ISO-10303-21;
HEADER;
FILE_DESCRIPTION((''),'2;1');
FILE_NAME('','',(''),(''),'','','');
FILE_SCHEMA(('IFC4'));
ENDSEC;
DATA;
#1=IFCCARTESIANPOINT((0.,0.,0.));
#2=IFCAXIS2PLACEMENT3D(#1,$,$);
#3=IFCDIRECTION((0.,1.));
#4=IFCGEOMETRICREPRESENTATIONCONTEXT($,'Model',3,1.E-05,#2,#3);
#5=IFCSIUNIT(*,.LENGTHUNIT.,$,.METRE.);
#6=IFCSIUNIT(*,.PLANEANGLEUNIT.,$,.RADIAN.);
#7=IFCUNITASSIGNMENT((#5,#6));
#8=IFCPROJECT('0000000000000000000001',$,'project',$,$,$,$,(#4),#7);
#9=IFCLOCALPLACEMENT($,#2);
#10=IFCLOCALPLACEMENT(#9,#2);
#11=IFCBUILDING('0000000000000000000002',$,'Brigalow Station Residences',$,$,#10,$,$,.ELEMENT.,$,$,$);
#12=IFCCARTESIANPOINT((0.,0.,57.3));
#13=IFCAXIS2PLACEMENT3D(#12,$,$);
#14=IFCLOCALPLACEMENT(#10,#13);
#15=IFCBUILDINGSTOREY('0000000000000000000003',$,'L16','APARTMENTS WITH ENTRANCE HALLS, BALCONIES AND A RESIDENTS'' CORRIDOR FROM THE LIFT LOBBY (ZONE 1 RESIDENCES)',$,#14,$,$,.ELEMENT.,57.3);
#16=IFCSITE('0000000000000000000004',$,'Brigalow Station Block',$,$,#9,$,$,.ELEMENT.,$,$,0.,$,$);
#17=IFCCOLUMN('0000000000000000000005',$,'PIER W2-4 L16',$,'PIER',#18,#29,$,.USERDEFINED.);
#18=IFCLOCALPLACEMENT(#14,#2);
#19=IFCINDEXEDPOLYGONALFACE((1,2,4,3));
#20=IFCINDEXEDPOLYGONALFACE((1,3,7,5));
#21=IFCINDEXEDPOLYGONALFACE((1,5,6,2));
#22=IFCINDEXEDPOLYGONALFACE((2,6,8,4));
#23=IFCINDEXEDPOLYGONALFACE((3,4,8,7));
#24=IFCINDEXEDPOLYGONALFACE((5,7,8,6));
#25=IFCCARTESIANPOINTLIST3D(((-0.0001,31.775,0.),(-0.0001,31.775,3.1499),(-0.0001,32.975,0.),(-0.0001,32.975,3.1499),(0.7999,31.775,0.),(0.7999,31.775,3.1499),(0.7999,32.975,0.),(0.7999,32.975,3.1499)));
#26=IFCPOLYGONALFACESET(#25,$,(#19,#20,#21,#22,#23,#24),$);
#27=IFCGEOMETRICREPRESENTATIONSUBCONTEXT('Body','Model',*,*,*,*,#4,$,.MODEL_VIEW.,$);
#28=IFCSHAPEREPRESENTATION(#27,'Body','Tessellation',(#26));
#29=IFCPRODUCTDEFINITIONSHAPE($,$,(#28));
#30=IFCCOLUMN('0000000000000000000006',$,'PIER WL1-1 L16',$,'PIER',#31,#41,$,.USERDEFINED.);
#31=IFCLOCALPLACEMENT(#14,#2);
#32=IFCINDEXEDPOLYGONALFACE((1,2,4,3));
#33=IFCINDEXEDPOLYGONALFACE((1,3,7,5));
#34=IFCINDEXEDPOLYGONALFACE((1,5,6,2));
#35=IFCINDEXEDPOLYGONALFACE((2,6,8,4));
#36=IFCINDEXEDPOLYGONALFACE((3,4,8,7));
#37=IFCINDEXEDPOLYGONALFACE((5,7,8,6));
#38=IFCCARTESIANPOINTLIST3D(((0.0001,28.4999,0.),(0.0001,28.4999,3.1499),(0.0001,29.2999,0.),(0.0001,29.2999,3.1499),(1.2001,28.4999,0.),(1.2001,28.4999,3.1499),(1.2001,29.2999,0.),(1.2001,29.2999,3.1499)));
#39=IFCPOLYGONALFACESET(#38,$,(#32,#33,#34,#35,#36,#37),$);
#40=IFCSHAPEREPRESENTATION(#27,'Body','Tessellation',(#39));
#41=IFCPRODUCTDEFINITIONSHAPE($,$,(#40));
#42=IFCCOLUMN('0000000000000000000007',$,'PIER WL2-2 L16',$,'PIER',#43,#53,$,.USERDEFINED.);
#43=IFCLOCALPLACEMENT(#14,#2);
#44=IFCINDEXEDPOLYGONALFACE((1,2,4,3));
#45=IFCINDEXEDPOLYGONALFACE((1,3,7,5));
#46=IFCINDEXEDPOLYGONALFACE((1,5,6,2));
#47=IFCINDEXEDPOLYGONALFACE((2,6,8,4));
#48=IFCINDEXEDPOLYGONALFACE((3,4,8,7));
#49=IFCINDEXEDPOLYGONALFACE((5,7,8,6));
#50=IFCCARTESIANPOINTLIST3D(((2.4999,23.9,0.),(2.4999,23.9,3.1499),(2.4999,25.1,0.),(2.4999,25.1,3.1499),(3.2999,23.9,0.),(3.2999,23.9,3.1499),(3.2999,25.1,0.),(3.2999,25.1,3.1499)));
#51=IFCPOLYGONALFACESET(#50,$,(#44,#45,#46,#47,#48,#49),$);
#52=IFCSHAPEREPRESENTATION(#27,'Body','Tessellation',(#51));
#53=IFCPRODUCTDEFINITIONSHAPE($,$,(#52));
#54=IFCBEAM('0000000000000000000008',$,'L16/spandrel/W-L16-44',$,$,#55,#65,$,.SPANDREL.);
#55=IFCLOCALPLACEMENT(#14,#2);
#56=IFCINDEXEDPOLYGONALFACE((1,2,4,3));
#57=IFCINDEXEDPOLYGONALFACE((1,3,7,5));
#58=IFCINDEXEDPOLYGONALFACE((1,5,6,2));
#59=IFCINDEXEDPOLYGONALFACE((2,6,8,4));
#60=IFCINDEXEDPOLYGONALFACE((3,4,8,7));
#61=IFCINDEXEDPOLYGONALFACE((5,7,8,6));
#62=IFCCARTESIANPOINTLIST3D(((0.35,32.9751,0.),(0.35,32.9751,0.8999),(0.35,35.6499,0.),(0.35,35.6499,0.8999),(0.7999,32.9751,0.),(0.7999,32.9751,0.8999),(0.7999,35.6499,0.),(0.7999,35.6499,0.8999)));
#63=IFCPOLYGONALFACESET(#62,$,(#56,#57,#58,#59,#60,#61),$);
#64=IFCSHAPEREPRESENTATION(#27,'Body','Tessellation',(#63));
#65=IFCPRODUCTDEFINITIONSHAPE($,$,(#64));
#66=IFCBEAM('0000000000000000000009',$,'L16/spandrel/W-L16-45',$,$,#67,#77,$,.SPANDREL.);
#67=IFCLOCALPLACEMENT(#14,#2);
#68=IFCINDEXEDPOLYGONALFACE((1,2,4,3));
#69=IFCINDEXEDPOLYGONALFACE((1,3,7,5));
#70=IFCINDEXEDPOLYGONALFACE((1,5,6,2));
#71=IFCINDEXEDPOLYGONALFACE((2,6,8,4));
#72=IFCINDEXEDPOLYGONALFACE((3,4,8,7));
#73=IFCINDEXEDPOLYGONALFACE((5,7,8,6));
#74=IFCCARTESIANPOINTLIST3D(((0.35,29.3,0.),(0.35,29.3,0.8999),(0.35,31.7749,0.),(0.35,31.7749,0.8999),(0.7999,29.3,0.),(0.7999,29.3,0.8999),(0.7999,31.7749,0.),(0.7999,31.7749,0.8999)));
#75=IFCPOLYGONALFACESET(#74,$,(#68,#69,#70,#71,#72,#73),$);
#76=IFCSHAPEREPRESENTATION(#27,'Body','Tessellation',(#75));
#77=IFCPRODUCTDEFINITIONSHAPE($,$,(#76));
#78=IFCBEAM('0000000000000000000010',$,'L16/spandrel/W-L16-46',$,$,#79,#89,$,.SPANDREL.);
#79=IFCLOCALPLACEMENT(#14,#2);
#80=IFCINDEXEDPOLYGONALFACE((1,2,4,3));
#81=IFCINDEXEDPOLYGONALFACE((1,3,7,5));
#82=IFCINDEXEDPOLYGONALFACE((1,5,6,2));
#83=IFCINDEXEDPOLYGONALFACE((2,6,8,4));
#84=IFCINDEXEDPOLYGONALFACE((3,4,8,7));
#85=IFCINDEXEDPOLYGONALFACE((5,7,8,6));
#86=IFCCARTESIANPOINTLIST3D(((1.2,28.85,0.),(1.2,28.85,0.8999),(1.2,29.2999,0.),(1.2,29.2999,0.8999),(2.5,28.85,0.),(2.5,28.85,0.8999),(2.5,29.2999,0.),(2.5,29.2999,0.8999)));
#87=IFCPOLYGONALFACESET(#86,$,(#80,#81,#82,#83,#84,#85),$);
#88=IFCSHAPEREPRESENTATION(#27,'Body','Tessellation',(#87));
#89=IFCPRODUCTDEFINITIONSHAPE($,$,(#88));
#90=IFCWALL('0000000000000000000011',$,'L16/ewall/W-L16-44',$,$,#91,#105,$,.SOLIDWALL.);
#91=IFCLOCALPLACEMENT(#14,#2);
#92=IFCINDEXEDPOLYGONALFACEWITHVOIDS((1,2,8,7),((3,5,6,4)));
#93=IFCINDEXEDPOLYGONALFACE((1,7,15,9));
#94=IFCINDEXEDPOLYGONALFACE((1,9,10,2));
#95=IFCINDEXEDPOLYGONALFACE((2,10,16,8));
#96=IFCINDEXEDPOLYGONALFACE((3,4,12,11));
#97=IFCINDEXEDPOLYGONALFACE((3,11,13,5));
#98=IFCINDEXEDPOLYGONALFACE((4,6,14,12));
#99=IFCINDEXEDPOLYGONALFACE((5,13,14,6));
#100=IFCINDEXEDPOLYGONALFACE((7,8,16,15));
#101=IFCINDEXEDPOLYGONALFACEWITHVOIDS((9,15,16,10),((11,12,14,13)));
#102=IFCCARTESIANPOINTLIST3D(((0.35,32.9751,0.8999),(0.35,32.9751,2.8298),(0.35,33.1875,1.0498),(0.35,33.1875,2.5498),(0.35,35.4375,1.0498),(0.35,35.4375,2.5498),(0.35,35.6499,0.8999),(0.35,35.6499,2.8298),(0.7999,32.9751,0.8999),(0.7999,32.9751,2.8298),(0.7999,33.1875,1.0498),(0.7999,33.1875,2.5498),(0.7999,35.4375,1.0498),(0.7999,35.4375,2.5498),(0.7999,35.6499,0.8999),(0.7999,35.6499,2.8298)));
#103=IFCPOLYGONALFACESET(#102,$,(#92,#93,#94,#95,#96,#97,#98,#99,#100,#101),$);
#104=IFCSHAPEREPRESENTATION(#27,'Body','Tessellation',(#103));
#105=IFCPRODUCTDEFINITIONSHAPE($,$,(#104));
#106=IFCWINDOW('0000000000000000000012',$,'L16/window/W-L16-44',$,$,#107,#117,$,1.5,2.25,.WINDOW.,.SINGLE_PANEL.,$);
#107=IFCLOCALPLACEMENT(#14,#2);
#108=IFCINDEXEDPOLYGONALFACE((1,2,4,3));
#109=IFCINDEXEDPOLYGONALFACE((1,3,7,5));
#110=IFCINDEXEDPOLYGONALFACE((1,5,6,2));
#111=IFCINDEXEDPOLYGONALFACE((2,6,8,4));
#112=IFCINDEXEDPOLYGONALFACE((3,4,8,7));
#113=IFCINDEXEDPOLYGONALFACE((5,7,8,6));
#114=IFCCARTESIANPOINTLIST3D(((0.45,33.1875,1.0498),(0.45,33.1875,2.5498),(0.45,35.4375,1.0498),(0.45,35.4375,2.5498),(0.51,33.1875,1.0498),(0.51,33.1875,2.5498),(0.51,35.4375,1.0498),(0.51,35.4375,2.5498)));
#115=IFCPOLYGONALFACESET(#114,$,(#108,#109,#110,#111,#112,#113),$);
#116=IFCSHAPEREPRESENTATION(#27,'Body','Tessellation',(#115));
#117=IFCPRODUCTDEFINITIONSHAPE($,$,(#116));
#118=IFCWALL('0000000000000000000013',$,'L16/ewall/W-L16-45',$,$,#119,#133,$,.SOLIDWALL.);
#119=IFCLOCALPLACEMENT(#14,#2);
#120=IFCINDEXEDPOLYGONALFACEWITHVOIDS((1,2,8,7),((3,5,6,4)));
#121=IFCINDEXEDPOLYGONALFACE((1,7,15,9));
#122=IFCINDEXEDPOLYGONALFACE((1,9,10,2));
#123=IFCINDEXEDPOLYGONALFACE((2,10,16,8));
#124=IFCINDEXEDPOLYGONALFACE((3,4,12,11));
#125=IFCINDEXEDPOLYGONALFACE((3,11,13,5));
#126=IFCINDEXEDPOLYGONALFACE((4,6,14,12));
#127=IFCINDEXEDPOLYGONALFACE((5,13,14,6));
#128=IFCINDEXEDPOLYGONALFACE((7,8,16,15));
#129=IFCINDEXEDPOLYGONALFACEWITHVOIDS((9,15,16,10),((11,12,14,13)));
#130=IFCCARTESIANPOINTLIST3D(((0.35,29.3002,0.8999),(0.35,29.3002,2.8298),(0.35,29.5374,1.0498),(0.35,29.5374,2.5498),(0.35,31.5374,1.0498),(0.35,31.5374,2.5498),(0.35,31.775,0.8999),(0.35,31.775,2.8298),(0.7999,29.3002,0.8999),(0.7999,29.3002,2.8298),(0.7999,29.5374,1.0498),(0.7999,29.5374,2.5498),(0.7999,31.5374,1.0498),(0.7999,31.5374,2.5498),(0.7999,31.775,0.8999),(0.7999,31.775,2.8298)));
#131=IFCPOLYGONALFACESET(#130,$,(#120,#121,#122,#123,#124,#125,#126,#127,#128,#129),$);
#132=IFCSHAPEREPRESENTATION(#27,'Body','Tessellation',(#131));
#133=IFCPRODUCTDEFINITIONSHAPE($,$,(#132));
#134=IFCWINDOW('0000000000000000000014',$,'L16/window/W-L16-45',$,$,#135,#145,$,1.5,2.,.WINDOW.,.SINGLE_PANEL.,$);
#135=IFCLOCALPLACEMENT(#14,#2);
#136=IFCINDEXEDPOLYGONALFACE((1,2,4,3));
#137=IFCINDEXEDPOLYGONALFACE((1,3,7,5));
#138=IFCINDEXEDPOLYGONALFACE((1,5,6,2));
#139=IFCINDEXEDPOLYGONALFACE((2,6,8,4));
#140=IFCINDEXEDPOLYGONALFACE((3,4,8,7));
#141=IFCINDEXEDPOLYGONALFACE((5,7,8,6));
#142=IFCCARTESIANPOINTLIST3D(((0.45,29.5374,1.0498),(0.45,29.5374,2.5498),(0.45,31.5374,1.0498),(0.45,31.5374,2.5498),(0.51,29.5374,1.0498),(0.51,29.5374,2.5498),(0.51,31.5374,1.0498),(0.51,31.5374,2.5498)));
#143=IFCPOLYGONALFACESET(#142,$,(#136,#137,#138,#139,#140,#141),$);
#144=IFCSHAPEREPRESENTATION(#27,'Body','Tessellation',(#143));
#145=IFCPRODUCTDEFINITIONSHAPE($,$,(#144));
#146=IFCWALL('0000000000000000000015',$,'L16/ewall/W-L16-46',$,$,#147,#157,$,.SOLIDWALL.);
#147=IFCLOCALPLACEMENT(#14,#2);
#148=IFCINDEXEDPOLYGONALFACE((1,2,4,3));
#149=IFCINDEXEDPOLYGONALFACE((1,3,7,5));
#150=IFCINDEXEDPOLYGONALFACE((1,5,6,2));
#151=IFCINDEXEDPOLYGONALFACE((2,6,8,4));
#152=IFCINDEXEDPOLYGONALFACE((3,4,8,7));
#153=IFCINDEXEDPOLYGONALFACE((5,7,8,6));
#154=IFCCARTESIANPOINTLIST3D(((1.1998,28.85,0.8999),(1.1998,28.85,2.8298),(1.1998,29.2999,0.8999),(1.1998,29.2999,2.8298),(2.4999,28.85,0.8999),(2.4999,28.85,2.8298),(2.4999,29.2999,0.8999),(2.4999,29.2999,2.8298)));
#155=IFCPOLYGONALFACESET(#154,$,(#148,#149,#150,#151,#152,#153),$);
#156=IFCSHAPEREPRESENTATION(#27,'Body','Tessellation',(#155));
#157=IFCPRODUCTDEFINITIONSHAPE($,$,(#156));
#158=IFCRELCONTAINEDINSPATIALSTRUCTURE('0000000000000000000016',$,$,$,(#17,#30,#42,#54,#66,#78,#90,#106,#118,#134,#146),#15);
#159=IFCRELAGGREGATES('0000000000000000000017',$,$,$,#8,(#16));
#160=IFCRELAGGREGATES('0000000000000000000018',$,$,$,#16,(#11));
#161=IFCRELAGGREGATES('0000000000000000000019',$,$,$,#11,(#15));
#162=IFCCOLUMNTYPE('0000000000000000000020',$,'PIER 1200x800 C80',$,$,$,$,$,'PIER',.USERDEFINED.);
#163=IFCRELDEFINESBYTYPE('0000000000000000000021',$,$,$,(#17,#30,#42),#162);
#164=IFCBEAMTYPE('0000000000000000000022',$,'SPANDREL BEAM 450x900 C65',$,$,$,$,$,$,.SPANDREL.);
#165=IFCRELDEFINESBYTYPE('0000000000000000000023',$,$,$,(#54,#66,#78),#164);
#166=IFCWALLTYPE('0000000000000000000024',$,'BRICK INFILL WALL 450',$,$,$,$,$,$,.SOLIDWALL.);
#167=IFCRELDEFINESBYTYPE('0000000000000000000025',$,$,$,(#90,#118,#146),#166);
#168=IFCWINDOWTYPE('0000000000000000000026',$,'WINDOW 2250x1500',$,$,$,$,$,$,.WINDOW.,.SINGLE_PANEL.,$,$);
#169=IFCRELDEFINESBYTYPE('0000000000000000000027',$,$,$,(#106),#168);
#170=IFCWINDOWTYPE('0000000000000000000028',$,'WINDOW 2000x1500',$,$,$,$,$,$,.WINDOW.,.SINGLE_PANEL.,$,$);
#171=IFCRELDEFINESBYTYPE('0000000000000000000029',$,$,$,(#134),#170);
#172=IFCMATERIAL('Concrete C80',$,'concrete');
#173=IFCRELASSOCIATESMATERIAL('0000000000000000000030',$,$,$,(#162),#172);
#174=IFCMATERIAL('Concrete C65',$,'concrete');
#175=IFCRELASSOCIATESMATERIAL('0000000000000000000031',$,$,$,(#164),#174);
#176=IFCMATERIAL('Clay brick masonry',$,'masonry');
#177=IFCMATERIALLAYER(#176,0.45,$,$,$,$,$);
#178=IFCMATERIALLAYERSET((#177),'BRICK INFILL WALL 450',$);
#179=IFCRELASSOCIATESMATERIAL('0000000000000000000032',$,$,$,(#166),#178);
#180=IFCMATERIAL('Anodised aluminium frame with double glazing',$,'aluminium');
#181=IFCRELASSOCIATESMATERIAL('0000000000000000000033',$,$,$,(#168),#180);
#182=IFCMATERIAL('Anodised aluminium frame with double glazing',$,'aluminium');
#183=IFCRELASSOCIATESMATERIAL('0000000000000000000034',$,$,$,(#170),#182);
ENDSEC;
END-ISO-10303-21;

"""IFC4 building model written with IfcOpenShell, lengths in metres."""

from ifc_helpers import new_model, si_unit, direction, frame, frame_2d, origin, origin_2d, place, context, subcontext, project, spatial, rectangle, extrude, material, layer, layer_set, material_profile, profile_set, type_object, element, fill, save


model = new_model("IFC4")

# Units and contexts
model_context = context("Model", 3, precision=1e-05, world=origin(), true_north=direction((0.0, 1.0)))
body_context = subcontext(model_context, "Body", "Model", "MODEL_VIEW")
ifc_project = project(units=[si_unit("LENGTHUNIT", "METRE"), si_unit("PLANEANGLEUNIT", "RADIAN")], contexts=[model_context])

# Site, building, storey
site_placement = place(None, origin())
site = spatial("IfcSite", under=ifc_project, at=site_placement, Name="Brigalow Station Block", CompositionType="ELEMENT", RefElevation=0.0)
building_placement = place(site_placement, origin())
building = spatial("IfcBuilding", under=site, at=building_placement, Name="Brigalow Station Residences", CompositionType="ELEMENT")
storey_placement = place(building_placement, frame((0.0, 0.0, 57.3)))
storey = spatial("IfcBuildingStorey", under=building, at=storey_placement, Name="L16", Description="APARTMENTS WITH ENTRANCE HALLS, BALCONIES AND A RESIDENTS' CORRIDOR FROM THE LIFT LOBBY (ZONE 1 RESIDENCES)", CompositionType="ELEMENT", Elevation=57.3)

# Columns
ifc_material_1 = material(Name="Concrete C80", Category="concrete")
ifc_material_profile_1 = material_profile(ifc_material_1, rectangle(XDim=1.2, YDim=0.8, at=origin_2d()), Name="RC1200x800")
ifc_profile_set_1 = profile_set([ifc_material_profile_1], Name="Concrete C80")
column_type = type_object("IfcColumnType", Name="PIER 1200x800 C80", ElementType="PIER", PredefinedType="USERDEFINED", material=ifc_profile_set_1)
for number, where, z_axis, x_axis, name in (
    (1, (0.3999, 32.375, 0.0), (0.0, 0.0, 1.0), (0.0, -1.0, 0.0), "PIER W2-4 L16"),
    (2, (0.6001, 28.8999, 0.0), (0.0, 0.0, 1.0), (1.0, 0.0, 0.0), "PIER WL1-1 L16"),
    (3, (2.8999, 24.5, 0.0), (0.0, 0.0, 1.0), (0.0, -1.0, 0.0), "PIER WL2-2 L16"),
):
    element("IfcColumn", number, at=place(storey_placement, frame(where, z_axis=z_axis, x_axis=x_axis)), inside=storey, type_object=column_type, Name=name, ObjectType="PIER", PredefinedType="USERDEFINED", context=body_context, shape_type="SweptSolid", body=[
        extrude(rectangle(XDim=1.2, YDim=0.8, at=origin_2d()), origin(), (0.0, 0.0, 1.0), 3.1499),
    ])

# Beams
ifc_material_2 = material(Name="Concrete C65", Category="concrete")
ifc_material_profile_2 = material_profile(ifc_material_2, rectangle(XDim=0.45, YDim=0.8999, at=origin_2d()), Name="RC450x900")
ifc_profile_set_2 = profile_set([ifc_material_profile_2], Name="Concrete C65")
beam_type = type_object("IfcBeamType", Name="SPANDREL BEAM 450x900 C65", PredefinedType="SPANDREL", material=ifc_profile_set_2)
beam_1_placement = place(storey_placement, frame((0.575, 35.6499, 0.45), z_axis=(0.0, -1.0, 0.0), x_axis=(1.0, 0.0, 0.0)))
element("IfcBeam", 4, at=beam_1_placement, inside=storey, type_object=beam_type, Name="L16/spandrel/W-L16-44", PredefinedType="SPANDREL", context=body_context, shape_type="SweptSolid", body=[
    extrude(rectangle(XDim=0.45, YDim=0.8999, at=origin_2d()), origin(), (0.0, 0.0, 1.0), 2.6748),
])
beam_2_placement = place(storey_placement, frame((0.575, 31.7749, 0.45), z_axis=(0.0, -1.0, 0.0), x_axis=(1.0, 0.0, 0.0)))
element("IfcBeam", 5, at=beam_2_placement, inside=storey, type_object=beam_type, Name="L16/spandrel/W-L16-45", PredefinedType="SPANDREL", context=body_context, shape_type="SweptSolid", body=[
    extrude(rectangle(XDim=0.45, YDim=0.8999, at=origin_2d()), origin(), (0.0, 0.0, 1.0), 2.4749),
])
beam_3_placement = place(storey_placement, frame((1.2, 29.075, 0.45), z_axis=(1.0, 0.0, 0.0), x_axis=(0.0, 1.0, 0.0)))
element("IfcBeam", 6, at=beam_3_placement, inside=storey, type_object=beam_type, Name="L16/spandrel/W-L16-46", PredefinedType="SPANDREL", context=body_context, shape_type="SweptSolid", body=[
    extrude(rectangle(XDim=0.45, YDim=0.8999, at=origin_2d()), origin(), (0.0, 0.0, 1.0), 1.3),
])

# Walls, openings, windows
ifc_material_3 = material(Name="Clay brick masonry", Category="masonry")
ifc_layer_1 = layer(ifc_material_3, 0.45)
ifc_layer_set_1 = layer_set([ifc_layer_1], Name="BRICK INFILL WALL 450")
wall_type_1 = type_object("IfcWallType", Name="BRICK INFILL WALL 450", PredefinedType="SOLIDWALL", material=ifc_layer_set_1)
wall_1_placement = place(storey_placement, frame((0.575, 35.6499, 0.8999), z_axis=(0.0, 0.0, 1.0), x_axis=(0.0, -1.0, 0.0)))
wall_1 = element("IfcWall", 7, at=wall_1_placement, inside=storey, type_object=wall_type_1, Name="L16/ewall/W-L16-44", PredefinedType="SOLIDWALL", context=body_context, shape_type="SweptSolid", body=[
    extrude(rectangle(XDim=2.6748, YDim=0.45, at=frame_2d((1.3374, 0.0))), origin(), (0.0, 0.0, 1.0), 1.9299),
])
opening_1_placement = place(wall_1_placement, frame((0.2124, 0.0, 0.1499)))
opening_1 = element("IfcOpeningElement", 8, at=opening_1_placement, cuts=wall_1, PredefinedType="OPENING", context=body_context, shape_type="SweptSolid", body=[
    extrude(rectangle(XDim=2.25, YDim=1.5, at=frame_2d((1.125, 0.75))), frame((0.0, 0.2349, 0.0), z_axis=(0.0, -1.0, 0.0), x_axis=(1.0, 0.0, 0.0)), (0.0, 0.0, 1.0), 0.47),
])
ifc_material_4 = material(Name="Anodised aluminium frame with double glazing", Category="aluminium")
window_type_1 = type_object("IfcWindowType", Name="WINDOW 2250x1500", PartitioningType="SINGLE_PANEL", PredefinedType="WINDOW", material=ifc_material_4)
window_1_placement = place(opening_1_placement, origin())
window_1 = element("IfcWindow", 9, at=window_1_placement, inside=storey, type_object=window_type_1, Name="L16/window/W-L16-44", OverallHeight=1.5, OverallWidth=2.25, PartitioningType="SINGLE_PANEL", PredefinedType="WINDOW", context=body_context, shape_type="SweptSolid", body=[
    extrude(rectangle(XDim=2.25, YDim=1.5, at=frame_2d((1.125, 0.75))), frame((0.0, -0.0649, 0.0), z_axis=(0.0, -1.0, 0.0), x_axis=(1.0, 0.0, 0.0)), (0.0, 0.0, 1.0), 0.0601),
])
fill(opening_1, window_1)
wall_2_placement = place(storey_placement, frame((0.575, 31.7749, 0.8999), z_axis=(0.0, 0.0, 1.0), x_axis=(0.0, -1.0, 0.0)))
wall_2 = element("IfcWall", 10, at=wall_2_placement, inside=storey, type_object=wall_type_1, Name="L16/ewall/W-L16-45", PredefinedType="SOLIDWALL", context=body_context, shape_type="SweptSolid", body=[
    extrude(rectangle(XDim=2.4749, YDim=0.45, at=frame_2d((1.2373, 0.0))), origin(), (0.0, 0.0, 1.0), 1.9299),
])
opening_2_placement = place(wall_2_placement, frame((0.2375, 0.0, 0.1499)))
opening_2 = element("IfcOpeningElement", 11, at=opening_2_placement, cuts=wall_2, PredefinedType="OPENING", context=body_context, shape_type="SweptSolid", body=[
    extrude(rectangle(XDim=2.0, YDim=1.5, at=frame_2d((1.0, 0.75))), frame((0.0, 0.2349, 0.0), z_axis=(0.0, -1.0, 0.0), x_axis=(1.0, 0.0, 0.0)), (0.0, 0.0, 1.0), 0.47),
])
ifc_material_5 = material(Name="Anodised aluminium frame with double glazing", Category="aluminium")
window_type_2 = type_object("IfcWindowType", Name="WINDOW 2000x1500", PartitioningType="SINGLE_PANEL", PredefinedType="WINDOW", material=ifc_material_5)
window_2_placement = place(opening_2_placement, origin())
window_2 = element("IfcWindow", 12, at=window_2_placement, inside=storey, type_object=window_type_2, Name="L16/window/W-L16-45", OverallHeight=1.5, OverallWidth=2.0, PartitioningType="SINGLE_PANEL", PredefinedType="WINDOW", context=body_context, shape_type="SweptSolid", body=[
    extrude(rectangle(XDim=2.0, YDim=1.5, at=frame_2d((1.0, 0.75))), frame((0.0, -0.0649, 0.0), z_axis=(0.0, -1.0, 0.0), x_axis=(1.0, 0.0, 0.0)), (0.0, 0.0, 1.0), 0.0601),
])
fill(opening_2, window_2)

# Wall
wall_3_placement = place(storey_placement, frame((1.2, 29.075, 0.8999), z_axis=(0.0, 0.0, 1.0), x_axis=(1.0, 0.0, 0.0)))
element("IfcWall", 13, at=wall_3_placement, inside=storey, type_object=wall_type_1, Name="L16/ewall/W-L16-46", PredefinedType="SOLIDWALL", context=body_context, shape_type="SweptSolid", body=[
    extrude(rectangle(XDim=1.3, YDim=0.45, at=frame_2d((0.6499, 0.0))), origin(), (0.0, 0.0, 1.0), 1.9299),
])

save(model, "model.ifc")
